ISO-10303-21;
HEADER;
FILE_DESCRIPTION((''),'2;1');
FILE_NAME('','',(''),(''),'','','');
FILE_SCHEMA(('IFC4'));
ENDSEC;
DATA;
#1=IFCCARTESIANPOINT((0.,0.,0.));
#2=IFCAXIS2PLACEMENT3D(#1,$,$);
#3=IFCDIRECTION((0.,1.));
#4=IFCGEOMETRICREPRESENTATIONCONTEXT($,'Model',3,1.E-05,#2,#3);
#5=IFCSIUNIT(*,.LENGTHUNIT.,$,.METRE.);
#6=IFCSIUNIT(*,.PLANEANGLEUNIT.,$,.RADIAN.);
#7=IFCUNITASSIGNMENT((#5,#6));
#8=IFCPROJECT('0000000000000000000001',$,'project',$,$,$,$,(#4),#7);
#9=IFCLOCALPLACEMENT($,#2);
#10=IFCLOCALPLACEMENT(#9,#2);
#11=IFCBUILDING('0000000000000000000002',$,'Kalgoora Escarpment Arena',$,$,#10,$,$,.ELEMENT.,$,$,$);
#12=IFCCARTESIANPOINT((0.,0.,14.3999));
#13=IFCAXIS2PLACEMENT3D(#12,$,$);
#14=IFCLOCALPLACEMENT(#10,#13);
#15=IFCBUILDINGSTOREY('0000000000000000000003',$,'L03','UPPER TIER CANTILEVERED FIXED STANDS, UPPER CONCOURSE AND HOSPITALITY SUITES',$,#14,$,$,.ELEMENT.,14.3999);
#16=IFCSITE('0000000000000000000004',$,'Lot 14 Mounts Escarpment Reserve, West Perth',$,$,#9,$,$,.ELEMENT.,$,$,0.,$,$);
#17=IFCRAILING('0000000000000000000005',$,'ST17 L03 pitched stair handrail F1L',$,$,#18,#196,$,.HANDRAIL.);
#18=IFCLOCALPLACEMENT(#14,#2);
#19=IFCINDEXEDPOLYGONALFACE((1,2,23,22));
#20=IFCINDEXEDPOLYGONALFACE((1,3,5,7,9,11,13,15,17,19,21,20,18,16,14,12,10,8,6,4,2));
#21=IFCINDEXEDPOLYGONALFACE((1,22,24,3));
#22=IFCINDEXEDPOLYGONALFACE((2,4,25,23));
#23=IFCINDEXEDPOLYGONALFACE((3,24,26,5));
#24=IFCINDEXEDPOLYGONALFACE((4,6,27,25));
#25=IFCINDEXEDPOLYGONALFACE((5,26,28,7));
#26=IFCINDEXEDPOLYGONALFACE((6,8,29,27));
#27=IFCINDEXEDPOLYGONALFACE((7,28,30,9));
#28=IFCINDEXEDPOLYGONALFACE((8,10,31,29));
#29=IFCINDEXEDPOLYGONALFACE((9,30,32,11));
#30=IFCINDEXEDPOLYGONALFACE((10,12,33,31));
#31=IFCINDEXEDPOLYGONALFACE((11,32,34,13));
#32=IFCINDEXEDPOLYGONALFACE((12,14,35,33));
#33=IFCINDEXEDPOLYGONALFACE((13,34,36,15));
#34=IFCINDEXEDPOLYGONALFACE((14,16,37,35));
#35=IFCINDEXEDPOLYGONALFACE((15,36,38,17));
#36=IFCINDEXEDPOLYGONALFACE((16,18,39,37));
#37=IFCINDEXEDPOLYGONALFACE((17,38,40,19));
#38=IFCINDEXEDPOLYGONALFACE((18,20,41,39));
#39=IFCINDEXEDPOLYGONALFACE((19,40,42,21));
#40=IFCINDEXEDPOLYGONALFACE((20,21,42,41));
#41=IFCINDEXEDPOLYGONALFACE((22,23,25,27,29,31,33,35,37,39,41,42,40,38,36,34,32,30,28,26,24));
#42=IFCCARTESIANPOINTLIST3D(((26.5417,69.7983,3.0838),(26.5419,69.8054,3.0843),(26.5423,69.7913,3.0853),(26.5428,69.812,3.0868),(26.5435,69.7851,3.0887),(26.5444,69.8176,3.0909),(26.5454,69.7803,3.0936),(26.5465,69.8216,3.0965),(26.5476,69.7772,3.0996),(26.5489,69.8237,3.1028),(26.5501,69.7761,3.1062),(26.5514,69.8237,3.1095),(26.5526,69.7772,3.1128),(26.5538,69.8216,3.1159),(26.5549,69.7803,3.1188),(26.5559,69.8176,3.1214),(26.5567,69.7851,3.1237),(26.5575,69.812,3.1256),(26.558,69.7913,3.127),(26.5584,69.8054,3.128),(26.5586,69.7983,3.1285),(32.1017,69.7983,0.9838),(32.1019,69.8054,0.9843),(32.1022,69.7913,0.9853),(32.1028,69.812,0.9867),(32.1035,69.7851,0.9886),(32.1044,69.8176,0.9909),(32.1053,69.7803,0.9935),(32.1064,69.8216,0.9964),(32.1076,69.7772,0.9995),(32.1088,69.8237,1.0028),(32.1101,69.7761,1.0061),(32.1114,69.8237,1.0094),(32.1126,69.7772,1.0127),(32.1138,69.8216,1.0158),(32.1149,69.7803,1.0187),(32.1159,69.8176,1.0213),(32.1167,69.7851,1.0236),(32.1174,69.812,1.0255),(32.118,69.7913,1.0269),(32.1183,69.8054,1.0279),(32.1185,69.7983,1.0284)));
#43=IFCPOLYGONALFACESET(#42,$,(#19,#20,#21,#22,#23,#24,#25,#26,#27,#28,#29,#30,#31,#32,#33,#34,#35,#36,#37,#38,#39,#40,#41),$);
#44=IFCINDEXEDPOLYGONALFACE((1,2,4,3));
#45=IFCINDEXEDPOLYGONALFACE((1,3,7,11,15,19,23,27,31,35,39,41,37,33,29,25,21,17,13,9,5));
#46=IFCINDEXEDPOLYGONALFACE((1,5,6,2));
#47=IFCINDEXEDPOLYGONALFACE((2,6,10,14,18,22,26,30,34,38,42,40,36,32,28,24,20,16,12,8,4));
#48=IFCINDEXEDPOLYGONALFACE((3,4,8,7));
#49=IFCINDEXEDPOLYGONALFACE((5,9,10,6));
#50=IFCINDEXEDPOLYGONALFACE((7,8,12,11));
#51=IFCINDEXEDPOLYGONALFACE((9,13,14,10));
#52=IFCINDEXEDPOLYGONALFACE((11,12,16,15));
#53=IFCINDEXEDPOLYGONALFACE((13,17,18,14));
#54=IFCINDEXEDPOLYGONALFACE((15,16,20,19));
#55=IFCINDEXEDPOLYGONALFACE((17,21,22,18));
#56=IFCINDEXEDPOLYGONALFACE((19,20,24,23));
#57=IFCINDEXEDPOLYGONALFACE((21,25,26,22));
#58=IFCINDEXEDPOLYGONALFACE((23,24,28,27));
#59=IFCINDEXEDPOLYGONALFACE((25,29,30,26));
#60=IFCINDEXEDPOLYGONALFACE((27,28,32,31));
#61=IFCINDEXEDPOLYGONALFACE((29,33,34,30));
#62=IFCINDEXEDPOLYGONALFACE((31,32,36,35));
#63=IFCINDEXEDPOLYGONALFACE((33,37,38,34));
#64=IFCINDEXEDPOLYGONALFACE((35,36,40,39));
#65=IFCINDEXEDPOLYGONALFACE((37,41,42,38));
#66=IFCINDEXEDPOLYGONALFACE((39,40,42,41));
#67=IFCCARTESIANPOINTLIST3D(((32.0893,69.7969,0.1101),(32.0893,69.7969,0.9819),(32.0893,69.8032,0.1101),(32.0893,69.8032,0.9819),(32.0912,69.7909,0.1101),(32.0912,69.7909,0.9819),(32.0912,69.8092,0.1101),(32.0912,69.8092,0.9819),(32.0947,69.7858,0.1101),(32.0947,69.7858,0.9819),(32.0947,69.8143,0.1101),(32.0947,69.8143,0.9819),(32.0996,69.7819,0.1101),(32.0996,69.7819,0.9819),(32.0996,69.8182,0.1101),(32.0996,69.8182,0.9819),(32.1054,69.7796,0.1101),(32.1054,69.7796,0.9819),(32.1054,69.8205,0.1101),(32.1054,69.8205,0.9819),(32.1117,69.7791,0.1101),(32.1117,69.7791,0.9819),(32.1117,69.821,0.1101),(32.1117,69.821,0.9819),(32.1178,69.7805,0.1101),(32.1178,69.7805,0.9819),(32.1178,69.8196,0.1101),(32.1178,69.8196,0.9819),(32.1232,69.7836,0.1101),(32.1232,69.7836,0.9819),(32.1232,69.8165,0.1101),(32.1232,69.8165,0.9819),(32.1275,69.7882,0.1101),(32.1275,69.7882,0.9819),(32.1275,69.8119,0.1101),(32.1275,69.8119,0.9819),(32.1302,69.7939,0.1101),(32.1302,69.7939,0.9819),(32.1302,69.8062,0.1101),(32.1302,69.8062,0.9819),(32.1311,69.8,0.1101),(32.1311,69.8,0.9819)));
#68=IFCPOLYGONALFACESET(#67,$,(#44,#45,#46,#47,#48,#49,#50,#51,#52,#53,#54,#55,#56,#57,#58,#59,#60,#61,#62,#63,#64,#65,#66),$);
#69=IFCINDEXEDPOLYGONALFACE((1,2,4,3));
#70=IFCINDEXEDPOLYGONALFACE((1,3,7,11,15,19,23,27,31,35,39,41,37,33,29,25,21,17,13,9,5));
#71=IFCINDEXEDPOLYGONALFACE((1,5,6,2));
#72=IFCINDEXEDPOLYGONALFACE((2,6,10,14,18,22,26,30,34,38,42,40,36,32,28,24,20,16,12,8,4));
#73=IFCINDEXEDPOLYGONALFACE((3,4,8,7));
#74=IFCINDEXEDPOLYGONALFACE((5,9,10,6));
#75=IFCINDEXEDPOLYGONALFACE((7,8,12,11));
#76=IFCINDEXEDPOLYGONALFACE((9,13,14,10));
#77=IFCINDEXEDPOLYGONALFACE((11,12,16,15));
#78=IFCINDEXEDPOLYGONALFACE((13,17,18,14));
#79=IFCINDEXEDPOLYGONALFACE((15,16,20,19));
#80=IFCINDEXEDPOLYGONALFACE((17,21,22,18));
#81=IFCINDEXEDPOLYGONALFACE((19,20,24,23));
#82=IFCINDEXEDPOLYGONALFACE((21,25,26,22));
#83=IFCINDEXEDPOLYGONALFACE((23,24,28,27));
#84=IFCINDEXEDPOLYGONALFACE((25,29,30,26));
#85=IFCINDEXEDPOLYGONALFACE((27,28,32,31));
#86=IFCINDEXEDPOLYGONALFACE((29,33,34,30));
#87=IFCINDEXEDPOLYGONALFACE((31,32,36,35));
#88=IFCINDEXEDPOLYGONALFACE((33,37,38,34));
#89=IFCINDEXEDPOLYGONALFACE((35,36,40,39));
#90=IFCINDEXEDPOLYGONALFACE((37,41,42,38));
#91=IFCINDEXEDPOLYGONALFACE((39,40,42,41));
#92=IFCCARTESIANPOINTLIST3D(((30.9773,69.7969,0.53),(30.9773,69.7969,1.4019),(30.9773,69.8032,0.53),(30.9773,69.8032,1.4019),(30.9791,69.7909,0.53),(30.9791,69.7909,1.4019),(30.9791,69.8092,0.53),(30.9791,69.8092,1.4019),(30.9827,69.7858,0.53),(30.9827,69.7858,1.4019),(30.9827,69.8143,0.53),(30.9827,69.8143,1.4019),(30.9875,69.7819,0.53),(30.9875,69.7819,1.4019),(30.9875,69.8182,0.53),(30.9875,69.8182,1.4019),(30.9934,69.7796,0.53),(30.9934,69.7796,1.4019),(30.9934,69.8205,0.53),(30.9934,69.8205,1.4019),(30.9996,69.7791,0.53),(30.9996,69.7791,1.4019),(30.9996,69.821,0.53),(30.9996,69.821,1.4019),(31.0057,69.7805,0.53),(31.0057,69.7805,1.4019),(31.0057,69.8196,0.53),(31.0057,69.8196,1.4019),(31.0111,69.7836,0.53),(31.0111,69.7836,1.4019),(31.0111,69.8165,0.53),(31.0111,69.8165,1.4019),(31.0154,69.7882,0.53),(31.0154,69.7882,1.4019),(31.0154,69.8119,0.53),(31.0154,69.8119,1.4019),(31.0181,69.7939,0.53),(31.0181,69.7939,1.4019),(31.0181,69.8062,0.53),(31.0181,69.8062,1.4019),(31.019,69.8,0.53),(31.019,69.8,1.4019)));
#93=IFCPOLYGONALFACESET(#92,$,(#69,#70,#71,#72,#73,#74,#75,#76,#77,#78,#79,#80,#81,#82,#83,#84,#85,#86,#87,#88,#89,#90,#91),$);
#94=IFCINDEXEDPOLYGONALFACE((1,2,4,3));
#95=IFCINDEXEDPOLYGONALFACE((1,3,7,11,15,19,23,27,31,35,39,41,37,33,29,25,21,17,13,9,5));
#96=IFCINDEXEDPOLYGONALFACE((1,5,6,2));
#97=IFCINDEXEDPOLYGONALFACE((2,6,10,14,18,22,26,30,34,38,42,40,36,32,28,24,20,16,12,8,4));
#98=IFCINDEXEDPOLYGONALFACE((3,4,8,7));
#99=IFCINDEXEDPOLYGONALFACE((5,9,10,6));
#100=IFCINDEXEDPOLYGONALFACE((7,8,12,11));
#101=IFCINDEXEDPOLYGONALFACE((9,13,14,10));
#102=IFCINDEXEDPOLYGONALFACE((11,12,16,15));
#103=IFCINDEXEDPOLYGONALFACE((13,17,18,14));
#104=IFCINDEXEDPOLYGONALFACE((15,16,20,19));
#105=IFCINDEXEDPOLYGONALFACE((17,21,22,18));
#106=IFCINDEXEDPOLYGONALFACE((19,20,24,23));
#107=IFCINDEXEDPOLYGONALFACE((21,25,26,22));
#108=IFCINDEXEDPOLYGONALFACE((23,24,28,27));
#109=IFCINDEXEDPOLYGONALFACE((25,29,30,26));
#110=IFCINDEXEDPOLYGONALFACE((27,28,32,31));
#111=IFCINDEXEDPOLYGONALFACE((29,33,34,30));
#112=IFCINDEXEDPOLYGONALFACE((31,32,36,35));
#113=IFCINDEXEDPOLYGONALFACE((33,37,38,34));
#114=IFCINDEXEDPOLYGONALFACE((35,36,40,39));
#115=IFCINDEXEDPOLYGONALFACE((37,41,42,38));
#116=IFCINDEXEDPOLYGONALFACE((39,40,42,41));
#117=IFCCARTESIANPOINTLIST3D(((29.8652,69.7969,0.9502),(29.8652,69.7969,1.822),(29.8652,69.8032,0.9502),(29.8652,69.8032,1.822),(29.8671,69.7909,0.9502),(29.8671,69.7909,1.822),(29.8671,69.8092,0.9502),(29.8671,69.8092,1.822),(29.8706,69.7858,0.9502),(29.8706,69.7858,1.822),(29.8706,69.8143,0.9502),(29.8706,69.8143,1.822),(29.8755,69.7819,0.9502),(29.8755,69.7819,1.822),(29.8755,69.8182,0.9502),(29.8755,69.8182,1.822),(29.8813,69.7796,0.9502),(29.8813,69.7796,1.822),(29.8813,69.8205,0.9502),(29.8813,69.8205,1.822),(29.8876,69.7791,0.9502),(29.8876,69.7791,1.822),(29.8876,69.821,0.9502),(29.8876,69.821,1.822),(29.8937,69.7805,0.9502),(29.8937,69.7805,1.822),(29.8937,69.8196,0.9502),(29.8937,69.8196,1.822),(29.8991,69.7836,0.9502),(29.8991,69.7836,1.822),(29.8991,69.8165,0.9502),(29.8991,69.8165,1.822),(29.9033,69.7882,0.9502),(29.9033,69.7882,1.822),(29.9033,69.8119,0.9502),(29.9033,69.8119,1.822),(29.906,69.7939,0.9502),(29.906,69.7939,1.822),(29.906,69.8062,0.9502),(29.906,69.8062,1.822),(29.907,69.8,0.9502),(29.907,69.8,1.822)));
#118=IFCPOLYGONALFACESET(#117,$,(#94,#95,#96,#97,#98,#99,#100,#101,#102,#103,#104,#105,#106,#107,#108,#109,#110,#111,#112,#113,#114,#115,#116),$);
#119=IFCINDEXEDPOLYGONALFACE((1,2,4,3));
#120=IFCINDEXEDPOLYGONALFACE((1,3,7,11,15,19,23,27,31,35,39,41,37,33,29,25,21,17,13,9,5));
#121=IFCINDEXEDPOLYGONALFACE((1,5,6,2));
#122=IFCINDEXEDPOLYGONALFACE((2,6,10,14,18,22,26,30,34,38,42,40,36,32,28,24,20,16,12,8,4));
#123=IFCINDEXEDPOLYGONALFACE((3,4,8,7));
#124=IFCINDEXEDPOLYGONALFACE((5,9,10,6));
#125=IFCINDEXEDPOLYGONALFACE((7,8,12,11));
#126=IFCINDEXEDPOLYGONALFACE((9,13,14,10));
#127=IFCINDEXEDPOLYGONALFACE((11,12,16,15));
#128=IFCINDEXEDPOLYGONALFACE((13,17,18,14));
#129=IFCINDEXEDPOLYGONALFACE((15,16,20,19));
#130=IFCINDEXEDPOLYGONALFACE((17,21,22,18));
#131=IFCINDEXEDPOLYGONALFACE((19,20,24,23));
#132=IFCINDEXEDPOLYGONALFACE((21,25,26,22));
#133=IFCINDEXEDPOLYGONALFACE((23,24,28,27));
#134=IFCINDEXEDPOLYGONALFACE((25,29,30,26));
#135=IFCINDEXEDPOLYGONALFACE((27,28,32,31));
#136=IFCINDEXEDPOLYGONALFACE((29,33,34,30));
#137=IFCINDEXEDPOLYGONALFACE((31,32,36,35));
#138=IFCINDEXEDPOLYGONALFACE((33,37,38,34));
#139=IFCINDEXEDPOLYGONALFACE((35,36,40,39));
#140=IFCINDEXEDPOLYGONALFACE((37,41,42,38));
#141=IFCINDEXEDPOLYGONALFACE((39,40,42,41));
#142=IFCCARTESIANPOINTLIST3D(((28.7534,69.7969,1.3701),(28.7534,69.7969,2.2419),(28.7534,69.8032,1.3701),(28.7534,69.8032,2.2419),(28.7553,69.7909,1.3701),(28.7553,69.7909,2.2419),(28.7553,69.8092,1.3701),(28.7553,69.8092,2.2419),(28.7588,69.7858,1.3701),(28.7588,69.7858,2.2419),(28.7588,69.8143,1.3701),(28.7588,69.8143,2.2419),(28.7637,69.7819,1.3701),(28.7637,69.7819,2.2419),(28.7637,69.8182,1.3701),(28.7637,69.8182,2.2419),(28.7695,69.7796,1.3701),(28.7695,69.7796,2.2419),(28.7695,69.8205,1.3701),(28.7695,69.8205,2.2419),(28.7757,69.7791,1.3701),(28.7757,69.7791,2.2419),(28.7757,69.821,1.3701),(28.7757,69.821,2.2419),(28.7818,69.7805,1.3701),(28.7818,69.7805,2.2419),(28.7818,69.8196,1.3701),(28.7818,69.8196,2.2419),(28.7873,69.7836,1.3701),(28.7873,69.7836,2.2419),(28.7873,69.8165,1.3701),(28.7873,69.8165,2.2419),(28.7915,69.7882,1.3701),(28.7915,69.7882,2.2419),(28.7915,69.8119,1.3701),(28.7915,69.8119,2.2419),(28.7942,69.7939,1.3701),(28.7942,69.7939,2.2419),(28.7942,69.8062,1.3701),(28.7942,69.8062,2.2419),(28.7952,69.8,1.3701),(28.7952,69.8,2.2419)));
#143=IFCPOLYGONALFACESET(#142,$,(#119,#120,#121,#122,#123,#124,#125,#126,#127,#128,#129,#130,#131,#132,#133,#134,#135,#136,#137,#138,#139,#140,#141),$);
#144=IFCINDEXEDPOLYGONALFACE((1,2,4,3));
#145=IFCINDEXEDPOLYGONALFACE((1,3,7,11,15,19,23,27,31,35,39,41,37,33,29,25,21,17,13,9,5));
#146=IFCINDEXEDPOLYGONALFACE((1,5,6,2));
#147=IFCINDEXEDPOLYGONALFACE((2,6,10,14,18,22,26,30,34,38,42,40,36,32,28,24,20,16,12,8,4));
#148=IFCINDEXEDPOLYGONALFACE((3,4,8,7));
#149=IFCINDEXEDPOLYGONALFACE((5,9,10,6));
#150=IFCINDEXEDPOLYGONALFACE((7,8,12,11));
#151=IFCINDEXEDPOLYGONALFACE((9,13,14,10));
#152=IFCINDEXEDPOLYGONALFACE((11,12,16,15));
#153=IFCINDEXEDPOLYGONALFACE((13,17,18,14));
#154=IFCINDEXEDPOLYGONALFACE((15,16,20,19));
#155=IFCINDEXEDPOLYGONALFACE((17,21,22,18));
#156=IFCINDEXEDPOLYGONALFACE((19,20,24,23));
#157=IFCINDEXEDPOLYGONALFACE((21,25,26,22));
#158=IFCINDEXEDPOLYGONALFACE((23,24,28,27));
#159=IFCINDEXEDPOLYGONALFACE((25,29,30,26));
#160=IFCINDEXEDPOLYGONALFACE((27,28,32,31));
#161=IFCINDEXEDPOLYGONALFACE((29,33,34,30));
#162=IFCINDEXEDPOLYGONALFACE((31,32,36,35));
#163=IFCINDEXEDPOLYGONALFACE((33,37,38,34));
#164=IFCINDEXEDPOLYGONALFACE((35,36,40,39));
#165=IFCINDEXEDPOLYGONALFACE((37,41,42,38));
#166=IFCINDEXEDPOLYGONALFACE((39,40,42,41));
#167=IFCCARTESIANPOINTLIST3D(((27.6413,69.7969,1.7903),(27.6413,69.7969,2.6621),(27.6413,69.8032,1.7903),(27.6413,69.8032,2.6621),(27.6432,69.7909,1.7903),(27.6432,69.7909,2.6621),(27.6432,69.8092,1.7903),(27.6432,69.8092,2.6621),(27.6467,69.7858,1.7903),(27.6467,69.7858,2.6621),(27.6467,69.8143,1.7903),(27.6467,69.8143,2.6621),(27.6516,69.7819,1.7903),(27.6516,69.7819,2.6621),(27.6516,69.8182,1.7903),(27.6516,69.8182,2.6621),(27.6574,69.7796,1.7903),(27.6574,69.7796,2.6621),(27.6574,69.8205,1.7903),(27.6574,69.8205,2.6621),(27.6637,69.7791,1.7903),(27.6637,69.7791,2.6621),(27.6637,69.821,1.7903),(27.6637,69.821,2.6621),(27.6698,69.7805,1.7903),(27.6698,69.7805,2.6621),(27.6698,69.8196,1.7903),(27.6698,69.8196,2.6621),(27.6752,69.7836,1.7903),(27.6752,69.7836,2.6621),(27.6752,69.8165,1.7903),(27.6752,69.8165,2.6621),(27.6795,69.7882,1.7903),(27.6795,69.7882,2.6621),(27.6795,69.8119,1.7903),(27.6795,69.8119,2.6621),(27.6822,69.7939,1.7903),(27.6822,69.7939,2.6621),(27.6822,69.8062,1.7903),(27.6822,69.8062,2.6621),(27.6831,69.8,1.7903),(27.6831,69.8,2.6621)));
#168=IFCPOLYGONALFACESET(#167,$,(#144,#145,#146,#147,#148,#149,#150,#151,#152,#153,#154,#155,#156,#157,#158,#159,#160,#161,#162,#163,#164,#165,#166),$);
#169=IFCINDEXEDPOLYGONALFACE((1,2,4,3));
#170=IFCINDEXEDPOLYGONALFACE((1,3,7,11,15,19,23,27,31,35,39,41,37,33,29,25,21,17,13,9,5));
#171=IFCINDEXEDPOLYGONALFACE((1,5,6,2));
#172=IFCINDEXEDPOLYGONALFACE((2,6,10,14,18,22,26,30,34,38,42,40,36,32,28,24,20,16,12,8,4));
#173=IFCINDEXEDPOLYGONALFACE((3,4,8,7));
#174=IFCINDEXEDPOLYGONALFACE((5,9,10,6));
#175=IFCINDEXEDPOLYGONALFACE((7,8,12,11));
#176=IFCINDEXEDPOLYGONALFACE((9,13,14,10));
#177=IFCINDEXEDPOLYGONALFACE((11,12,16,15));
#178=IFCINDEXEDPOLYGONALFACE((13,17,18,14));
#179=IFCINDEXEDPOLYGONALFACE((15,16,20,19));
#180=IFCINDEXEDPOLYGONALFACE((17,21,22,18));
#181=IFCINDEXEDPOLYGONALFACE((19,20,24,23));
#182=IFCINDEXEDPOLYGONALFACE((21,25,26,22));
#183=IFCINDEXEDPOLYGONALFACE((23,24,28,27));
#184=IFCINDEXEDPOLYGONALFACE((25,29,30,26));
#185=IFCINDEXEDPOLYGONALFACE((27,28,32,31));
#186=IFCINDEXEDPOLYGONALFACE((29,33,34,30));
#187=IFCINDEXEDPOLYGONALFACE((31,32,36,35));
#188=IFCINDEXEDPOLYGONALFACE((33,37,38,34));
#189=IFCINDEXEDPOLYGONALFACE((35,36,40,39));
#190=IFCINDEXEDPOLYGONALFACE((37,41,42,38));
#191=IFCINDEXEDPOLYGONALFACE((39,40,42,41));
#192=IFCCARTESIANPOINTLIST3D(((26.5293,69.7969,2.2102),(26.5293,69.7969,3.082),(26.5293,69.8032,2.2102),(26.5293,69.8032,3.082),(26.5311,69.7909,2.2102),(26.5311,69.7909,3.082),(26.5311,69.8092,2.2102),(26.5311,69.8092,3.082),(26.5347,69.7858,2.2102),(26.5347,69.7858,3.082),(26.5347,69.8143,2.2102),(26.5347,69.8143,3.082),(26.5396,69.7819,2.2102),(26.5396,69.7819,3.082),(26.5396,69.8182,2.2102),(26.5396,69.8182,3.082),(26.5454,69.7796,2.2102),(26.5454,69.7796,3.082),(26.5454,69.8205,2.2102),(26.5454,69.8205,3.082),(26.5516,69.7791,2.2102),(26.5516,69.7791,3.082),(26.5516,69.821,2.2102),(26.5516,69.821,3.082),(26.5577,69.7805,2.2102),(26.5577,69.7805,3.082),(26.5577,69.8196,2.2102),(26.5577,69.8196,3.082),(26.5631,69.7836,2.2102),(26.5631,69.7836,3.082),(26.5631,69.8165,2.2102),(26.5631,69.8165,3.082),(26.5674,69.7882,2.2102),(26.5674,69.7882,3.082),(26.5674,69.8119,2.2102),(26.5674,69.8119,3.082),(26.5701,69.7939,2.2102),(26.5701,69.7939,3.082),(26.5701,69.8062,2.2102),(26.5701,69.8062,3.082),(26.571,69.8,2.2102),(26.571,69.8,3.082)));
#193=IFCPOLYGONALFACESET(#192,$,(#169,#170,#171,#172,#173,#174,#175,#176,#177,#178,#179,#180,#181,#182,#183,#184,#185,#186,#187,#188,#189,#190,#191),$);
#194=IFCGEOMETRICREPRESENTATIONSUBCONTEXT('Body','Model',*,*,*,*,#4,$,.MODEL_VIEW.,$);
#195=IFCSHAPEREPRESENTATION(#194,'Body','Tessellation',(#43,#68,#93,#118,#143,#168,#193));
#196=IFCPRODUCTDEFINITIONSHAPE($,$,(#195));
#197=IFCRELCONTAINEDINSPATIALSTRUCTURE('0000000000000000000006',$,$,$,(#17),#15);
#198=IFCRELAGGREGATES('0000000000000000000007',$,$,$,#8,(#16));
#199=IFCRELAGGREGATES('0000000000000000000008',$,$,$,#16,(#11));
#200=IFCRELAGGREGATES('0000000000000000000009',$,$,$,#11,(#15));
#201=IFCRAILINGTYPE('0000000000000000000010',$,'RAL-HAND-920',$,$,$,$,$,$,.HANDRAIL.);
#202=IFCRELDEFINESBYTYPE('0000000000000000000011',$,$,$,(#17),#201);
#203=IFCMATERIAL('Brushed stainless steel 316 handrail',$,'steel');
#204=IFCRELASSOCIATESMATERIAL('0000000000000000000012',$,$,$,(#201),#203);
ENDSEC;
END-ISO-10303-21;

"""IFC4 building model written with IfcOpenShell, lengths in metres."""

from ifc_helpers import new_model, si_unit, direction, frame, origin, origin_2d, place, context, subcontext, project, spatial, circle, extrude, material, type_object, element, save


model = new_model("IFC4")

# Units and contexts
model_context = context("Model", 3, precision=1e-05, world=origin(), true_north=direction((0.0, 1.0)))
body_context = subcontext(model_context, "Body", "Model", "MODEL_VIEW")
ifc_project = project(units=[si_unit("LENGTHUNIT", "METRE"), si_unit("PLANEANGLEUNIT", "RADIAN")], contexts=[model_context])

# Site, building, storey
site_placement = place(None, origin())
site = spatial("IfcSite", under=ifc_project, at=site_placement, Name="Lot 14 Mounts Escarpment Reserve, West Perth", CompositionType="ELEMENT", RefElevation=0.0)
building_placement = place(site_placement, origin())
building = spatial("IfcBuilding", under=site, at=building_placement, Name="Kalgoora Escarpment Arena", CompositionType="ELEMENT")
storey_placement = place(building_placement, frame((0.0, 0.0, 14.3999)))
storey = spatial("IfcBuildingStorey", under=building, at=storey_placement, Name="L03", Description="UPPER TIER CANTILEVERED FIXED STANDS, UPPER CONCOURSE AND HOSPITALITY SUITES", CompositionType="ELEMENT", Elevation=14.3999)

# Railing
ifc_material_1 = material(Name="Brushed stainless steel 316 handrail", Category="steel")
railing_type_1 = type_object("IfcRailingType", Name="RAL-HAND-920", PredefinedType="HANDRAIL", material=ifc_material_1)
for number, where, name in (
    (1, (32.1101, 69.8, 0.1101), "ST17 L03 pitched stair handrail F1L"),
):
    element("IfcRailing", number, at=place(storey_placement, frame(where)), inside=storey, type_object=railing_type_1, Name=name, PredefinedType="HANDRAIL", context=body_context, shape_type="SweptSolid", body=[
        extrude(circle(Radius=0.0239, at=origin_2d()), frame((0.0, 0.0, 0.896), z_axis=(-0.935493, 0.0, 0.353346), x_axis=(0.0, -1.0, 0.0)), (0.0, 0.0, 1.0), 5.9434),
        extrude(circle(Radius=0.021, at=origin_2d()), origin(), (0.0, 0.0, 1.0), 0.8718),
        extrude(circle(Radius=0.021, at=origin_2d()), frame((-1.1121, 0.0, 0.4199)), (0.0, 0.0, 1.0), 0.8718),
        extrude(circle(Radius=0.021, at=origin_2d()), frame((-2.2241, 0.0, 0.8401)), (0.0, 0.0, 1.0), 0.8718),
        extrude(circle(Radius=0.021, at=origin_2d()), frame((-3.3359, 0.0, 1.26)), (0.0, 0.0, 1.0), 0.8718),
        extrude(circle(Radius=0.021, at=origin_2d()), frame((-4.448, 0.0, 1.6802)), (0.0, 0.0, 1.0), 0.8718),
        extrude(circle(Radius=0.021, at=origin_2d()), frame((-5.5601, 0.0, 2.1001)), (0.0, 0.0, 1.0), 0.8718),
    ])

save(model, "model.ifc")
